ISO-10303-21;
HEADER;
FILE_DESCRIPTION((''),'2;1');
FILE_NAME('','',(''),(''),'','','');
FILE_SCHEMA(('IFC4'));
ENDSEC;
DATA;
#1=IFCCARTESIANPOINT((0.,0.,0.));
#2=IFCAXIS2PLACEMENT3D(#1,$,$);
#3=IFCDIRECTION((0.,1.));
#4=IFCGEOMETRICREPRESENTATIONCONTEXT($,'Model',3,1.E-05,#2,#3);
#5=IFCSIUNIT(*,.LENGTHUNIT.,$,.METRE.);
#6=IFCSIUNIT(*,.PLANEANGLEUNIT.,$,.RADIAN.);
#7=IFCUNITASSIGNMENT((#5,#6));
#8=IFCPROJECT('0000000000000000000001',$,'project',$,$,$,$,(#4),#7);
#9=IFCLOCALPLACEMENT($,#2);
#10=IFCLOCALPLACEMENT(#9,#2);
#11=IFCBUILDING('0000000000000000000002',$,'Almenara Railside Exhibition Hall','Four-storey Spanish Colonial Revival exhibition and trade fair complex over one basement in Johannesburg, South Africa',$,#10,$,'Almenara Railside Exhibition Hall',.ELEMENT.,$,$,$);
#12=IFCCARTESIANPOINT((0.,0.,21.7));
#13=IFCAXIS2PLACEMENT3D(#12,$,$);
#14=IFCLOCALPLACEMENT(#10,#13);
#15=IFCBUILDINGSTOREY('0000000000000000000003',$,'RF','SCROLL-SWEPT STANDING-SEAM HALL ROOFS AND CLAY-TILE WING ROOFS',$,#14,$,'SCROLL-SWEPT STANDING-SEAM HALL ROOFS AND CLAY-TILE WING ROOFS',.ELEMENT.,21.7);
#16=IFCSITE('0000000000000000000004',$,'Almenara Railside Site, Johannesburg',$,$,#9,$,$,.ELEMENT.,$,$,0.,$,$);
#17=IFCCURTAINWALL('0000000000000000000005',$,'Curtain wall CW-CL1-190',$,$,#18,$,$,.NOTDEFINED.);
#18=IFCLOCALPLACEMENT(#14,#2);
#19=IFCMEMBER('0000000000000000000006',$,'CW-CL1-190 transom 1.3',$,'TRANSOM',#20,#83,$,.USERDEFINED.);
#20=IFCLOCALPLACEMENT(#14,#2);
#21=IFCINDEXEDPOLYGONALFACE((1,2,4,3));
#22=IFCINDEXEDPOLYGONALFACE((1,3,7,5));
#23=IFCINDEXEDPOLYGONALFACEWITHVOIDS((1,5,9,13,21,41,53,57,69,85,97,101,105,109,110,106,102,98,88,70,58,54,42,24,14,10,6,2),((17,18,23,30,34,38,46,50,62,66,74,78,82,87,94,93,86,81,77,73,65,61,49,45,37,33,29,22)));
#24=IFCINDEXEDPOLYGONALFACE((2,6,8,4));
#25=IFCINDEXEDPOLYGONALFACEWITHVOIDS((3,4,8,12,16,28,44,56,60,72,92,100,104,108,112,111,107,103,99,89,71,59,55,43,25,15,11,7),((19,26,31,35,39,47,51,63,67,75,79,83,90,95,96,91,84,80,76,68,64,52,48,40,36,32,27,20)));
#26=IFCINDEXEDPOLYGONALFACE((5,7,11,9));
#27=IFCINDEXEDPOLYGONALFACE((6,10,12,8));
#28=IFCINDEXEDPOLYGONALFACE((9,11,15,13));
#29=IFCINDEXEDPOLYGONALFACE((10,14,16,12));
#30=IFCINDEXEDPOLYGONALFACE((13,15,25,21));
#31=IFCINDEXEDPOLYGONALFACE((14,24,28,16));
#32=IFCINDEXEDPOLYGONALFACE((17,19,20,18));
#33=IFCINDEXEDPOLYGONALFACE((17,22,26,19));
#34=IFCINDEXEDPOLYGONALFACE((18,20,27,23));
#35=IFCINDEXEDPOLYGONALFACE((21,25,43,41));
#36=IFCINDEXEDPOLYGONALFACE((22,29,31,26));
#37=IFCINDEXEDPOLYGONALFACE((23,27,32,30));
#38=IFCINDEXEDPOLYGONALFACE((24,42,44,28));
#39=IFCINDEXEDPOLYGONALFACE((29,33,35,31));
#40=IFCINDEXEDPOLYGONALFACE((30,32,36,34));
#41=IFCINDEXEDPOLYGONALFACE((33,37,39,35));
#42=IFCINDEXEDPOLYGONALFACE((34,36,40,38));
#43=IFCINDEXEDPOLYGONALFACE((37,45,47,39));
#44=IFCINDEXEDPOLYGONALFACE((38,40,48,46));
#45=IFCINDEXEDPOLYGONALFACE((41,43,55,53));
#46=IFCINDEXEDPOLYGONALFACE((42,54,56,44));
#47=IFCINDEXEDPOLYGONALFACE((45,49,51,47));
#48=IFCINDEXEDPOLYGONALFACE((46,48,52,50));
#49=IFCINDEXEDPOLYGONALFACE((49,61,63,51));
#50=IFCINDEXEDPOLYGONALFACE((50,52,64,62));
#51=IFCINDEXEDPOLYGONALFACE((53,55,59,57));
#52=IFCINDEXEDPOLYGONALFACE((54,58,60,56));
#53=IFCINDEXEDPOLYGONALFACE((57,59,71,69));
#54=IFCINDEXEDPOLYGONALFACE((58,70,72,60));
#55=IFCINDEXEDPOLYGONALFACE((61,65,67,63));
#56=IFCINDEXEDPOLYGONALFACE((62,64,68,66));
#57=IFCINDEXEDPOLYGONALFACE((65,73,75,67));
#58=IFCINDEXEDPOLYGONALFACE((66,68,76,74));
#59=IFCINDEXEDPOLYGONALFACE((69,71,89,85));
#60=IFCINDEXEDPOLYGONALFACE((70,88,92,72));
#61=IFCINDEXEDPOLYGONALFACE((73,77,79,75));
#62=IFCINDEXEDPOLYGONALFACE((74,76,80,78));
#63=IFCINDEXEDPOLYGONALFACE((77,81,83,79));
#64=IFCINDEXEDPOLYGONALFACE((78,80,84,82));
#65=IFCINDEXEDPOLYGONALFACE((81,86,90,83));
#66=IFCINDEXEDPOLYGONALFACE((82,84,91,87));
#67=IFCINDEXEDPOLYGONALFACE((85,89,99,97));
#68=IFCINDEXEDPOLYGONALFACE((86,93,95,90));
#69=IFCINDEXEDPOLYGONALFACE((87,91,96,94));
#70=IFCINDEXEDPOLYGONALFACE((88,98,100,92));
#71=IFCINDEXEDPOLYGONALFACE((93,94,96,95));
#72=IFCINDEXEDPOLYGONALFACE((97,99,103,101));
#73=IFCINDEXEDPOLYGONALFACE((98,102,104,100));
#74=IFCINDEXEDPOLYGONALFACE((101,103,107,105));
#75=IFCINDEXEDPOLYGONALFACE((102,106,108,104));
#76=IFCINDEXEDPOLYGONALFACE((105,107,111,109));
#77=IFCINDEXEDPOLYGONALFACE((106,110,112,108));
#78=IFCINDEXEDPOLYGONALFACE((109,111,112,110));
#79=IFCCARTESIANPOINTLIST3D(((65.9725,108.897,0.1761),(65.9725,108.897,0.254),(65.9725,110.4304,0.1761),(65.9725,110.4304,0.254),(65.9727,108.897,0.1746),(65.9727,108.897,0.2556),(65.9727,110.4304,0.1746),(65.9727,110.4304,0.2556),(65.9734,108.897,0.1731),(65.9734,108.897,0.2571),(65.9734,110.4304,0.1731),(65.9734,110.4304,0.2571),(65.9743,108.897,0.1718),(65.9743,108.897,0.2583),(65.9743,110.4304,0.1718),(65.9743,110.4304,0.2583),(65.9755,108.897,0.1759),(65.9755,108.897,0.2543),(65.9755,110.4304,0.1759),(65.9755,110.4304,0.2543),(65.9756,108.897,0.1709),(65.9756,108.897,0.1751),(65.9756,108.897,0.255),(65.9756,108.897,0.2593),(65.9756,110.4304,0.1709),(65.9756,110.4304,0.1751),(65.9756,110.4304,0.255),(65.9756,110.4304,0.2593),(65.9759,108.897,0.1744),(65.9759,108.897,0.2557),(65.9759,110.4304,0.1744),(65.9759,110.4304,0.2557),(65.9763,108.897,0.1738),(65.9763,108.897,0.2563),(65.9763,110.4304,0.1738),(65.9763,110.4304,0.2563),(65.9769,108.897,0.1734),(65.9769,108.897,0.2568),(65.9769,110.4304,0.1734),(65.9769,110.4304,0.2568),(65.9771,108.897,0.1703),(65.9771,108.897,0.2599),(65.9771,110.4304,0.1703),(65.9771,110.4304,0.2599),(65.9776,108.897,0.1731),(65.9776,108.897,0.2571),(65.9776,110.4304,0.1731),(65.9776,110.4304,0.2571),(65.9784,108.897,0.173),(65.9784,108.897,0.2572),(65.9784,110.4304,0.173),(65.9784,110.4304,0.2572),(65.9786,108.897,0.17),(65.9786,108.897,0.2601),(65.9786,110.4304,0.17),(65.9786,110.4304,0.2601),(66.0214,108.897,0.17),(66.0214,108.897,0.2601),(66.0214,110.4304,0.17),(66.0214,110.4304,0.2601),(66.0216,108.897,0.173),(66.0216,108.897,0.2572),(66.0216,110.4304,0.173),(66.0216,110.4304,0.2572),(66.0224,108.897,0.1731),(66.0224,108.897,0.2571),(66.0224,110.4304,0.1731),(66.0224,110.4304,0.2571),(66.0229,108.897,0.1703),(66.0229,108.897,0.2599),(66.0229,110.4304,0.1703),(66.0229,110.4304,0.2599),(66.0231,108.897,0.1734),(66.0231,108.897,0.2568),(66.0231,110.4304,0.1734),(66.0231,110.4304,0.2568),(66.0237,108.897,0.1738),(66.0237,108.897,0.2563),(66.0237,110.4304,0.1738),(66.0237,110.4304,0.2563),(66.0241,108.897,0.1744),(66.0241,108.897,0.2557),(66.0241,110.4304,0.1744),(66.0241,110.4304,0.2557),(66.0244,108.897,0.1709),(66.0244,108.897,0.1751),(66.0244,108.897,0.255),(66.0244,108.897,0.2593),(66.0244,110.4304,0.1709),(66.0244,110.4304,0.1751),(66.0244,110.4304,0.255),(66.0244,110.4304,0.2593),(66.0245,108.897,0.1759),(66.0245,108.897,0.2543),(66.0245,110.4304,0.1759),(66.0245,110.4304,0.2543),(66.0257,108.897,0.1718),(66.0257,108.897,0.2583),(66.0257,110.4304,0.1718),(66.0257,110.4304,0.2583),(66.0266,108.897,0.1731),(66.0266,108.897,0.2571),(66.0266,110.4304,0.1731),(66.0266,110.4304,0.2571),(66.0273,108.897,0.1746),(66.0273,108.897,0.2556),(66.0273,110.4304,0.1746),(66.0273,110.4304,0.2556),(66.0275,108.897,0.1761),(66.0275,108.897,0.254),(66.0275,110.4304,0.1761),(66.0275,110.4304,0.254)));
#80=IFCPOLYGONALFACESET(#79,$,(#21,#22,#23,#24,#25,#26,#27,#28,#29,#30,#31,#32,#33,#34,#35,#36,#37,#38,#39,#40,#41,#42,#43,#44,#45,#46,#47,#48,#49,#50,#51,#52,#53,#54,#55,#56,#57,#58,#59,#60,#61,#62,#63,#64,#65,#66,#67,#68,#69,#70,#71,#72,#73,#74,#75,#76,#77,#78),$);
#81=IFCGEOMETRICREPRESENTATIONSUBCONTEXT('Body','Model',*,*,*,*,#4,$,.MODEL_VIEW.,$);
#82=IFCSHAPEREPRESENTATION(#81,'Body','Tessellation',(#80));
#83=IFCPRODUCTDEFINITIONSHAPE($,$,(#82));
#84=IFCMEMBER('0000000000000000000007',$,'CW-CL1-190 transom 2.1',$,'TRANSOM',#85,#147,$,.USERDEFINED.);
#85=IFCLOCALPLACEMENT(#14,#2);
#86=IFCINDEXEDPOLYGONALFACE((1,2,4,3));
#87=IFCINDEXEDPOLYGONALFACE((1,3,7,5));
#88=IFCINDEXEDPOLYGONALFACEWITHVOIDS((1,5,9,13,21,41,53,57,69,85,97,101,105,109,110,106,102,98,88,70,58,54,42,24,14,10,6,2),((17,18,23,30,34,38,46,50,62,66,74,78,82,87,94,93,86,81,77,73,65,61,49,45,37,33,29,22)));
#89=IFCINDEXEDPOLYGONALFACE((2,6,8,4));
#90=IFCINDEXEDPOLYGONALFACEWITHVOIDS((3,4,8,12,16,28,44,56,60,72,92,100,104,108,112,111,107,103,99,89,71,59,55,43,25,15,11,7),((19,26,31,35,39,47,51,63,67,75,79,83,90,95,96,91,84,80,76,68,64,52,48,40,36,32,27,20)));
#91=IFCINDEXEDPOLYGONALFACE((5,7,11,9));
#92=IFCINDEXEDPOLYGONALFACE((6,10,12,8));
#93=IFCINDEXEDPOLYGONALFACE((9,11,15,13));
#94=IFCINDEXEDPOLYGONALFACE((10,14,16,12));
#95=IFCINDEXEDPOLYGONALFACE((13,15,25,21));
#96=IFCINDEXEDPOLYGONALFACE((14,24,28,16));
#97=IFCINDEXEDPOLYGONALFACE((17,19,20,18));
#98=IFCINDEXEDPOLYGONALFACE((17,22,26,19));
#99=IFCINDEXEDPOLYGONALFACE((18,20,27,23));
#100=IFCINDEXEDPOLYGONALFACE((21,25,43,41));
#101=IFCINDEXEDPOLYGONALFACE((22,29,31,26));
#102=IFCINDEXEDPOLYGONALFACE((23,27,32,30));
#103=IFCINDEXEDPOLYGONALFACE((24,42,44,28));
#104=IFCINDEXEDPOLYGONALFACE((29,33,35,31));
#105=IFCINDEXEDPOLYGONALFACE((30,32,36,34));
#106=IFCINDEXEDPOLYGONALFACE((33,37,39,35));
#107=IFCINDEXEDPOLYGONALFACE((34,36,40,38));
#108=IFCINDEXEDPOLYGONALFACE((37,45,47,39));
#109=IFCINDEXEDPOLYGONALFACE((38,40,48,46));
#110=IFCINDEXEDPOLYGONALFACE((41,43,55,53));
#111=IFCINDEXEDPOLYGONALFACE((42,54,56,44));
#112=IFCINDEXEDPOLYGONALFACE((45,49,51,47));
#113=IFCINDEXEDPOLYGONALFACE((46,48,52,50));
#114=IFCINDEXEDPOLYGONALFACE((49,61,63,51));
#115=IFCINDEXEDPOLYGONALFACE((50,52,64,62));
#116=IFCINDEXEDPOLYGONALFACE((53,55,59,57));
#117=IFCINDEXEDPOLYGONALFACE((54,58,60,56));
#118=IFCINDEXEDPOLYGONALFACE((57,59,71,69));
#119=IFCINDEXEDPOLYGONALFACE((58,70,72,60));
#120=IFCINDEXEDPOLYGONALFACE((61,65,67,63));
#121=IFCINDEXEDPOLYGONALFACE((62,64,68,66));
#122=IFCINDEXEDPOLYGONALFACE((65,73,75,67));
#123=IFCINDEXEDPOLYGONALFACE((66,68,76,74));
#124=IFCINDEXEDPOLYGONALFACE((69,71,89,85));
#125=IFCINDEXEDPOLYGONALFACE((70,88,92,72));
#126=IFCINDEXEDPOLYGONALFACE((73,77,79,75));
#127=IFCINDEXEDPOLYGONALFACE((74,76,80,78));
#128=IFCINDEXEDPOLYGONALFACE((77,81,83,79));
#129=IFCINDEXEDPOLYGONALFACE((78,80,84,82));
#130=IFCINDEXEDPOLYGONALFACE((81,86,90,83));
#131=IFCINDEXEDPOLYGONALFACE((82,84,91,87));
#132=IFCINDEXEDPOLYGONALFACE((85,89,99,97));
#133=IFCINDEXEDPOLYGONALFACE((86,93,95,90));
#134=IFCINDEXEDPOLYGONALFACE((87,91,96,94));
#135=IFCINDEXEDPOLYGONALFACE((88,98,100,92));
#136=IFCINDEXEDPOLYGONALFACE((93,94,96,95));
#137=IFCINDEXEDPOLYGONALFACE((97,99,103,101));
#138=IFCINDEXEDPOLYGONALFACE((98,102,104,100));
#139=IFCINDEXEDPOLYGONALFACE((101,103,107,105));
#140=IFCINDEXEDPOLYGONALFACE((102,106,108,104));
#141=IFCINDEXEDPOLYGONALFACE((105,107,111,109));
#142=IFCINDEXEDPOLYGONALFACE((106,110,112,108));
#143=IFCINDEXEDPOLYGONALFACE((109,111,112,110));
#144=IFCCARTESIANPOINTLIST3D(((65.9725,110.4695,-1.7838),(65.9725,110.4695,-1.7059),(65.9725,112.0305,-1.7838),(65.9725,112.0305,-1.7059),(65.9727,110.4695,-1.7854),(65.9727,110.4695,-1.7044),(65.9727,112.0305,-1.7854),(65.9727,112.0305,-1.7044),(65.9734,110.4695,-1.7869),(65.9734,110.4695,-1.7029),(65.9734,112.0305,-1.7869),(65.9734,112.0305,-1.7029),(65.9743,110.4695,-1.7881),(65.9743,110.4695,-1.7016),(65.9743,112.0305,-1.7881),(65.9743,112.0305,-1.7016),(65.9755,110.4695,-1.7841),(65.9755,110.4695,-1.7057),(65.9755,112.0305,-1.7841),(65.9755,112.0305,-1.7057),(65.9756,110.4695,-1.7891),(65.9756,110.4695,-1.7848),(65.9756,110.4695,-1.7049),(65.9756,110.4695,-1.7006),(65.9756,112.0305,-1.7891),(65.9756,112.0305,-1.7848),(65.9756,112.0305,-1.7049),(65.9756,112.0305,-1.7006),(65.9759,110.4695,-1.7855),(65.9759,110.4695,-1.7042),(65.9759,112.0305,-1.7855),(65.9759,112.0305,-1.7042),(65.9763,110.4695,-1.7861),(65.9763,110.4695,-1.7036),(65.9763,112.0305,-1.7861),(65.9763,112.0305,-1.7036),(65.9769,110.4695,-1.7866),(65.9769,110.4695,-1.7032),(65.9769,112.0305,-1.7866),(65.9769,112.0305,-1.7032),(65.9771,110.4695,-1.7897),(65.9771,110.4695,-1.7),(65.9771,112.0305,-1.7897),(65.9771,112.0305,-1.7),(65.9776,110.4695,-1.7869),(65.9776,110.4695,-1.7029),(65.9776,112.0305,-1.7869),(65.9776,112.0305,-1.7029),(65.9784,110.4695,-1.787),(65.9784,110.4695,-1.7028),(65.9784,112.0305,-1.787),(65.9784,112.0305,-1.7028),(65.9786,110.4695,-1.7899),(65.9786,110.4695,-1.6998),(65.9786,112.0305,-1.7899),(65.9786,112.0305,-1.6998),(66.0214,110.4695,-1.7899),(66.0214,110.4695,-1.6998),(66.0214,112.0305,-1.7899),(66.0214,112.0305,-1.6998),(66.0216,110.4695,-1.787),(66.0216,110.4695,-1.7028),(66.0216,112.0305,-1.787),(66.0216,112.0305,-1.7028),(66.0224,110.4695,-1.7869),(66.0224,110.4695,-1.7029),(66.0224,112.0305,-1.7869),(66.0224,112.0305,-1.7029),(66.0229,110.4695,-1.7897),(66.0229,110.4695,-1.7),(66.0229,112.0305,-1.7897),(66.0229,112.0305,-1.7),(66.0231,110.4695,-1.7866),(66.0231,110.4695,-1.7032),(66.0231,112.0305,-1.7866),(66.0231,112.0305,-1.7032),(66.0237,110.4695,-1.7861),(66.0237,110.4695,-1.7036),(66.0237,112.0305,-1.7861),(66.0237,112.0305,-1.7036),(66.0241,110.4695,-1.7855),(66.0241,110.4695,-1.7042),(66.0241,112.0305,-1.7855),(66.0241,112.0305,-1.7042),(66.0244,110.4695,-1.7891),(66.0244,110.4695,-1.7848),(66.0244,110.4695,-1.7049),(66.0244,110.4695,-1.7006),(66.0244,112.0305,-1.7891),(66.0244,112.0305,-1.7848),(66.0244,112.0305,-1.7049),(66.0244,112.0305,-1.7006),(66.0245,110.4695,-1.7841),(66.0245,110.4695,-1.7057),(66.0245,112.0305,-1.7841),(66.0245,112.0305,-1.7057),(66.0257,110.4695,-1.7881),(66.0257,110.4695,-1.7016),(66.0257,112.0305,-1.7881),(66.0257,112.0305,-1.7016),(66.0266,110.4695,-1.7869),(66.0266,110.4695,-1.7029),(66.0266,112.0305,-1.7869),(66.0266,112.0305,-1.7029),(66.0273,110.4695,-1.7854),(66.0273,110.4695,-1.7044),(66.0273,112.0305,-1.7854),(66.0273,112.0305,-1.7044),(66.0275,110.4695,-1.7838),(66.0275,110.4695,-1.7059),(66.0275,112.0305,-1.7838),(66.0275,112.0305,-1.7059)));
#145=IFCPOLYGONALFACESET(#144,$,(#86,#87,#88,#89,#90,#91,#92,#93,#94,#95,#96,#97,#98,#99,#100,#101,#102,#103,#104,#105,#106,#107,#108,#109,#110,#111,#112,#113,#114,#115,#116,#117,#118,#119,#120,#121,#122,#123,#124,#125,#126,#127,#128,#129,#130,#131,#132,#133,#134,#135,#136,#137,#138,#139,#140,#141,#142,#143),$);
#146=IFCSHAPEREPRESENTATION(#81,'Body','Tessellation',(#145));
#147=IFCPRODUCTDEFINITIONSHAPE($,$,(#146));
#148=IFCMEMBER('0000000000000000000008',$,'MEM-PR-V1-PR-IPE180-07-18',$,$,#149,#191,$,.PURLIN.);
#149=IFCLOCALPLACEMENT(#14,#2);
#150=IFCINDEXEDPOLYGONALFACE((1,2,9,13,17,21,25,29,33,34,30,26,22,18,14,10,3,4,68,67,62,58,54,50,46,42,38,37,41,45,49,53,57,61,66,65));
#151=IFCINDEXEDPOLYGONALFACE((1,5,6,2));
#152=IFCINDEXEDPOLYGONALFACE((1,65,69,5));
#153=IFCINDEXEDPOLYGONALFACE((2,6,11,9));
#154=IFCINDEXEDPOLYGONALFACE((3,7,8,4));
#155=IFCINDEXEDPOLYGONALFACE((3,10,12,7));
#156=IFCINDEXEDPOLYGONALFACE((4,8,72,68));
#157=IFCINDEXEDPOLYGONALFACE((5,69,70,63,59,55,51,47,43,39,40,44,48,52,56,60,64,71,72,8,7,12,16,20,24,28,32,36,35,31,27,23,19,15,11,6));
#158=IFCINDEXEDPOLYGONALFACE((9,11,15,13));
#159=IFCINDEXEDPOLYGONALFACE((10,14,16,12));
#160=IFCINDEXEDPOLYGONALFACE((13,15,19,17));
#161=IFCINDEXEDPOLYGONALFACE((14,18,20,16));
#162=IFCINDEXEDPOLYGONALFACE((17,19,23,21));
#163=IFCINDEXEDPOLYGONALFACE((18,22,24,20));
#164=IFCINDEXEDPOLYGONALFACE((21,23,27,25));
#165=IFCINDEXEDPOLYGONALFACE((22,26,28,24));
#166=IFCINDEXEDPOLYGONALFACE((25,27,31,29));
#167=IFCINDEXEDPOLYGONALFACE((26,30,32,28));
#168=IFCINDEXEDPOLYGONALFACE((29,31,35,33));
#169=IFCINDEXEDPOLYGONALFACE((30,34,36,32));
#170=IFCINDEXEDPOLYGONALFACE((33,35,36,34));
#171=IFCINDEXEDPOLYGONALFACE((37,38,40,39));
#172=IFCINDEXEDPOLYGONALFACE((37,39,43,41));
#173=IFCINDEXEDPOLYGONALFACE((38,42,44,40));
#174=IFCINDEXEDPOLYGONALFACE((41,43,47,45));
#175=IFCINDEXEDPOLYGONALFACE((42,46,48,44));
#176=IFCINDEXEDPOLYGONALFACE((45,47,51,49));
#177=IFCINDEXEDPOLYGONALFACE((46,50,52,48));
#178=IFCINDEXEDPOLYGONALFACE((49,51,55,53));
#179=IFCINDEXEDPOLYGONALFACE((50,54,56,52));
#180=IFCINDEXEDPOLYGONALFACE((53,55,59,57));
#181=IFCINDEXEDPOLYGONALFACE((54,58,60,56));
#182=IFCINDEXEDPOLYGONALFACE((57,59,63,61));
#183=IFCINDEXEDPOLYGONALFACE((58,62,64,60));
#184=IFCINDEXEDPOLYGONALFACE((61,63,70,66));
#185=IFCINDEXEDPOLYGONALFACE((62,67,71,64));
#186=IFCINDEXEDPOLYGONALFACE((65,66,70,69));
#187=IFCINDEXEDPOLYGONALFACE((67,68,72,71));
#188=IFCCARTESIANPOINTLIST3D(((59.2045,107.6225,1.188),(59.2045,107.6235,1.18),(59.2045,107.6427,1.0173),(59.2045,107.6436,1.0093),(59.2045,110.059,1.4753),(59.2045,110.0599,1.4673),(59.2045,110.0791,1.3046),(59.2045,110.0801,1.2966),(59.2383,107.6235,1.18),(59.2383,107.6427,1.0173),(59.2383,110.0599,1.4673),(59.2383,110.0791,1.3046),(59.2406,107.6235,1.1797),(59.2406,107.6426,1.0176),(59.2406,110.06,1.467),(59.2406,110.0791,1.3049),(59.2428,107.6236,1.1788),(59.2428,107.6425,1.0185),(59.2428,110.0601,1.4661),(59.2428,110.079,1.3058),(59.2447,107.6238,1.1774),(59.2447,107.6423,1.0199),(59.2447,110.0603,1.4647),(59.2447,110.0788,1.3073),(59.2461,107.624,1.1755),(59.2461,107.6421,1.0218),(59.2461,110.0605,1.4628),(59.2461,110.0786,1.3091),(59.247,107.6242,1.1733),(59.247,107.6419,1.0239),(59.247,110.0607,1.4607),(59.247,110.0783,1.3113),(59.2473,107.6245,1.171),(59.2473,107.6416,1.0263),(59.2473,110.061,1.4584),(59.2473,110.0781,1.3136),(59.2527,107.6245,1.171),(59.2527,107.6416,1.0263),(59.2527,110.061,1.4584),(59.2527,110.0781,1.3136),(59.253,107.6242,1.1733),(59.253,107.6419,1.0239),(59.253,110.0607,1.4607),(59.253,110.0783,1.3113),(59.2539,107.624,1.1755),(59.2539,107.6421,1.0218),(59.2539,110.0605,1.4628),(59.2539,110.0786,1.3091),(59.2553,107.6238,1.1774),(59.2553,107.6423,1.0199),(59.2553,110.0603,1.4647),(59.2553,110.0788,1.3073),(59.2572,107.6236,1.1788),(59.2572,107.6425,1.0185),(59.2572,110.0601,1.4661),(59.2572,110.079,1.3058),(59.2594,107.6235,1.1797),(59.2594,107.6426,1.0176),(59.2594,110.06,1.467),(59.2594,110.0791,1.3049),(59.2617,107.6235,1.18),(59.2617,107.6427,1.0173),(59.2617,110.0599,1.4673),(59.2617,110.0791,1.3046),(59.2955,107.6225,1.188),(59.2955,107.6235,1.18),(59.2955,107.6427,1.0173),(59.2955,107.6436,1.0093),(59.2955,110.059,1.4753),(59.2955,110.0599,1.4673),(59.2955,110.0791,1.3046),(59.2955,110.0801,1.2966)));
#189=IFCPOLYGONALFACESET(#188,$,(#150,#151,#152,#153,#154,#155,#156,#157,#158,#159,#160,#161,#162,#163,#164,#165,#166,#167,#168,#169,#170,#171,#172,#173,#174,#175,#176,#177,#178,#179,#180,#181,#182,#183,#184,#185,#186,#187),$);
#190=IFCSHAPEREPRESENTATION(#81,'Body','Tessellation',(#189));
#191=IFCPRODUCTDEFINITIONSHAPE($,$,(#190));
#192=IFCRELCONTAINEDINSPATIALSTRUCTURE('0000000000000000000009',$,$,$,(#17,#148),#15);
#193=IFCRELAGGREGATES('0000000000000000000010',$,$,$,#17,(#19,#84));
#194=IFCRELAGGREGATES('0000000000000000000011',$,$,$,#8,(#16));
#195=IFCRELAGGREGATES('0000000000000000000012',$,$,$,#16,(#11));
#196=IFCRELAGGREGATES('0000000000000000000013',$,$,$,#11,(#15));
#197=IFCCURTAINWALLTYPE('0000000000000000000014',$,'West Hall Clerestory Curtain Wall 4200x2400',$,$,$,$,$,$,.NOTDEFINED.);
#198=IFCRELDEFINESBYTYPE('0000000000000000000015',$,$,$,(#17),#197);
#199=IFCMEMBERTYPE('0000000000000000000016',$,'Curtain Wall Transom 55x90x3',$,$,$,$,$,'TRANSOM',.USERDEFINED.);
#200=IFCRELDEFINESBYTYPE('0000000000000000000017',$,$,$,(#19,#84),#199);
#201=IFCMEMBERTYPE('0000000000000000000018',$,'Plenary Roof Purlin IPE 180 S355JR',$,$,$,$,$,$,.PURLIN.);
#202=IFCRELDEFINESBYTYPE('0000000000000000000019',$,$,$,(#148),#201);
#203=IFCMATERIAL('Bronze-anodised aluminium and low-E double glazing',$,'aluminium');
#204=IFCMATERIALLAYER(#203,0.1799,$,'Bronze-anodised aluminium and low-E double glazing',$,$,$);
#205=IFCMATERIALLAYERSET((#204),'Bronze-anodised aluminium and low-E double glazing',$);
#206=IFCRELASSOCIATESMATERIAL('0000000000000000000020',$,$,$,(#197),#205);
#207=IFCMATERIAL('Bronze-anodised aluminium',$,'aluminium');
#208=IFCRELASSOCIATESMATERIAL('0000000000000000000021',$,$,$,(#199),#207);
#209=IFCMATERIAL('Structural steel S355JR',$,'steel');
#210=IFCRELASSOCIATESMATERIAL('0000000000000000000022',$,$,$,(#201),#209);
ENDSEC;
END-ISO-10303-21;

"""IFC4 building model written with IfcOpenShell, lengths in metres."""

from ifc_helpers import new_model, si_unit, direction, frame, origin, origin_2d, place, context, subcontext, project, spatial, hollow_rectangle, i_section, extrude, material, layer, layer_set, material_profile, profile_set, type_object, element, aggregate, save


model = new_model("IFC4")

# Units and contexts
model_context = context("Model", 3, precision=1e-05, world=origin(), true_north=direction((0.0, 1.0)))
body_context = subcontext(model_context, "Body", "Model", "MODEL_VIEW")
ifc_project = project(units=[si_unit("LENGTHUNIT", "METRE"), si_unit("PLANEANGLEUNIT", "RADIAN")], contexts=[model_context])

# Site, building, storey
site_placement = place(None, origin())
site = spatial("IfcSite", under=ifc_project, at=site_placement, Name="Almenara Railside Site, Johannesburg", CompositionType="ELEMENT", RefElevation=0.0)
building_placement = place(site_placement, origin())
building = spatial("IfcBuilding", under=site, at=building_placement, Name="Almenara Railside Exhibition Hall", Description="Four-storey Spanish Colonial Revival exhibition and trade fair complex over one basement in Johannesburg, South Africa", LongName="Almenara Railside Exhibition Hall", CompositionType="ELEMENT")
storey_placement = place(building_placement, frame((0.0, 0.0, 21.7)))
storey = spatial("IfcBuildingStorey", under=building, at=storey_placement, Name="RF", Description="SCROLL-SWEPT STANDING-SEAM HALL ROOFS AND CLAY-TILE WING ROOFS", LongName="SCROLL-SWEPT STANDING-SEAM HALL ROOFS AND CLAY-TILE WING ROOFS", CompositionType="ELEMENT", Elevation=21.7)

# Shared definitions
ifc_material_1 = material(Name="Structural steel S355JR", Category="steel")

# Curtain wall, members
ifc_material_2 = material(Name="Bronze-anodised aluminium and low-E double glazing", Category="aluminium")
ifc_layer_1 = layer(ifc_material_2, 0.1799, Name="Bronze-anodised aluminium and low-E double glazing")
ifc_layer_set_1 = layer_set([ifc_layer_1], Name="Bronze-anodised aluminium and low-E double glazing")
curtain_wall_type = type_object("IfcCurtainWallType", Name="West Hall Clerestory Curtain Wall 4200x2400", PredefinedType="NOTDEFINED", material=ifc_layer_set_1)
curtain_wall_placement = place(storey_placement, origin())
curtain_wall = element("IfcCurtainWall", 1, at=curtain_wall_placement, inside=storey, type_object=curtain_wall_type, Name="Curtain wall CW-CL1-190", PredefinedType="NOTDEFINED")
ifc_material_3 = material(Name="Bronze-anodised aluminium", Category="aluminium")
ifc_material_profile_1 = material_profile(ifc_material_3, hollow_rectangle(XDim=0.0549, YDim=0.0901, WallThickness=0.0029, InnerFilletRadius=0.0029, OuterFilletRadius=0.0061, at=origin_2d()), Name="ALU-TRN 55x90x3")
ifc_profile_set_1 = profile_set([ifc_material_profile_1], Name="Bronze-anodised aluminium")
member_type_1 = type_object("IfcMemberType", Name="Curtain Wall Transom 55x90x3", ElementType="TRANSOM", PredefinedType="USERDEFINED", material=ifc_profile_set_1)
member_1_placement = place(storey_placement, frame((66.0, 108.897, 0.2151), z_axis=(0.0, 1.0, 0.0), x_axis=(-1.0, 0.0, 0.0)))
member_1 = element("IfcMember", 2, at=member_1_placement, type_object=member_type_1, Name="CW-CL1-190 transom 1.3", ObjectType="TRANSOM", PredefinedType="USERDEFINED", context=body_context, shape_type="SweptSolid", body=[
    extrude(hollow_rectangle(XDim=0.0549, YDim=0.0901, WallThickness=0.0029, InnerFilletRadius=0.0029, OuterFilletRadius=0.0061, at=origin_2d()), origin(), (0.0, 0.0, 1.0), 1.5334),
])
member_2_placement = place(storey_placement, frame((66.0, 110.4695, -1.7449), z_axis=(0.0, 1.0, 0.0), x_axis=(-1.0, 0.0, 0.0)))
member_2 = element("IfcMember", 3, at=member_2_placement, type_object=member_type_1, Name="CW-CL1-190 transom 2.1", ObjectType="TRANSOM", PredefinedType="USERDEFINED", context=body_context, shape_type="SweptSolid", body=[
    extrude(hollow_rectangle(XDim=0.0549, YDim=0.0901, WallThickness=0.0029, InnerFilletRadius=0.0029, OuterFilletRadius=0.0061, at=origin_2d()), origin(), (0.0, 0.0, 1.0), 1.561),
])

# Member
ifc_material_profile_2 = material_profile(ifc_material_1, i_section(OverallWidth=0.0911, OverallDepth=0.1799, WebThickness=0.0054, FlangeThickness=0.0081, FilletRadius=0.009, at=origin_2d()), Name="IPE 180")
ifc_profile_set_2 = profile_set([ifc_material_profile_2], Name="Structural steel S355JR")
member_type_2 = type_object("IfcMemberType", Name="Plenary Roof Purlin IPE 180 S355JR", PredefinedType="PURLIN", material=ifc_profile_set_2)
member_3_placement = place(storey_placement, frame((59.25, 107.6331, 1.0986), z_axis=(0.0, 0.993117, 0.117124), x_axis=(-1.0, 0.0, 0.0)))
element("IfcMember", 4, at=member_3_placement, inside=storey, type_object=member_type_2, Name="MEM-PR-V1-PR-IPE180-07-18", PredefinedType="PURLIN", context=body_context, shape_type="SweptSolid", body=[
    extrude(i_section(OverallWidth=0.0911, OverallDepth=0.1799, WebThickness=0.0054, FlangeThickness=0.0081, FilletRadius=0.009, at=origin_2d()), origin(), (0.0, 0.0, 1.0), 2.4534),
])

aggregate(curtain_wall, [member_1, member_2])

save(model, "model.ifc")
